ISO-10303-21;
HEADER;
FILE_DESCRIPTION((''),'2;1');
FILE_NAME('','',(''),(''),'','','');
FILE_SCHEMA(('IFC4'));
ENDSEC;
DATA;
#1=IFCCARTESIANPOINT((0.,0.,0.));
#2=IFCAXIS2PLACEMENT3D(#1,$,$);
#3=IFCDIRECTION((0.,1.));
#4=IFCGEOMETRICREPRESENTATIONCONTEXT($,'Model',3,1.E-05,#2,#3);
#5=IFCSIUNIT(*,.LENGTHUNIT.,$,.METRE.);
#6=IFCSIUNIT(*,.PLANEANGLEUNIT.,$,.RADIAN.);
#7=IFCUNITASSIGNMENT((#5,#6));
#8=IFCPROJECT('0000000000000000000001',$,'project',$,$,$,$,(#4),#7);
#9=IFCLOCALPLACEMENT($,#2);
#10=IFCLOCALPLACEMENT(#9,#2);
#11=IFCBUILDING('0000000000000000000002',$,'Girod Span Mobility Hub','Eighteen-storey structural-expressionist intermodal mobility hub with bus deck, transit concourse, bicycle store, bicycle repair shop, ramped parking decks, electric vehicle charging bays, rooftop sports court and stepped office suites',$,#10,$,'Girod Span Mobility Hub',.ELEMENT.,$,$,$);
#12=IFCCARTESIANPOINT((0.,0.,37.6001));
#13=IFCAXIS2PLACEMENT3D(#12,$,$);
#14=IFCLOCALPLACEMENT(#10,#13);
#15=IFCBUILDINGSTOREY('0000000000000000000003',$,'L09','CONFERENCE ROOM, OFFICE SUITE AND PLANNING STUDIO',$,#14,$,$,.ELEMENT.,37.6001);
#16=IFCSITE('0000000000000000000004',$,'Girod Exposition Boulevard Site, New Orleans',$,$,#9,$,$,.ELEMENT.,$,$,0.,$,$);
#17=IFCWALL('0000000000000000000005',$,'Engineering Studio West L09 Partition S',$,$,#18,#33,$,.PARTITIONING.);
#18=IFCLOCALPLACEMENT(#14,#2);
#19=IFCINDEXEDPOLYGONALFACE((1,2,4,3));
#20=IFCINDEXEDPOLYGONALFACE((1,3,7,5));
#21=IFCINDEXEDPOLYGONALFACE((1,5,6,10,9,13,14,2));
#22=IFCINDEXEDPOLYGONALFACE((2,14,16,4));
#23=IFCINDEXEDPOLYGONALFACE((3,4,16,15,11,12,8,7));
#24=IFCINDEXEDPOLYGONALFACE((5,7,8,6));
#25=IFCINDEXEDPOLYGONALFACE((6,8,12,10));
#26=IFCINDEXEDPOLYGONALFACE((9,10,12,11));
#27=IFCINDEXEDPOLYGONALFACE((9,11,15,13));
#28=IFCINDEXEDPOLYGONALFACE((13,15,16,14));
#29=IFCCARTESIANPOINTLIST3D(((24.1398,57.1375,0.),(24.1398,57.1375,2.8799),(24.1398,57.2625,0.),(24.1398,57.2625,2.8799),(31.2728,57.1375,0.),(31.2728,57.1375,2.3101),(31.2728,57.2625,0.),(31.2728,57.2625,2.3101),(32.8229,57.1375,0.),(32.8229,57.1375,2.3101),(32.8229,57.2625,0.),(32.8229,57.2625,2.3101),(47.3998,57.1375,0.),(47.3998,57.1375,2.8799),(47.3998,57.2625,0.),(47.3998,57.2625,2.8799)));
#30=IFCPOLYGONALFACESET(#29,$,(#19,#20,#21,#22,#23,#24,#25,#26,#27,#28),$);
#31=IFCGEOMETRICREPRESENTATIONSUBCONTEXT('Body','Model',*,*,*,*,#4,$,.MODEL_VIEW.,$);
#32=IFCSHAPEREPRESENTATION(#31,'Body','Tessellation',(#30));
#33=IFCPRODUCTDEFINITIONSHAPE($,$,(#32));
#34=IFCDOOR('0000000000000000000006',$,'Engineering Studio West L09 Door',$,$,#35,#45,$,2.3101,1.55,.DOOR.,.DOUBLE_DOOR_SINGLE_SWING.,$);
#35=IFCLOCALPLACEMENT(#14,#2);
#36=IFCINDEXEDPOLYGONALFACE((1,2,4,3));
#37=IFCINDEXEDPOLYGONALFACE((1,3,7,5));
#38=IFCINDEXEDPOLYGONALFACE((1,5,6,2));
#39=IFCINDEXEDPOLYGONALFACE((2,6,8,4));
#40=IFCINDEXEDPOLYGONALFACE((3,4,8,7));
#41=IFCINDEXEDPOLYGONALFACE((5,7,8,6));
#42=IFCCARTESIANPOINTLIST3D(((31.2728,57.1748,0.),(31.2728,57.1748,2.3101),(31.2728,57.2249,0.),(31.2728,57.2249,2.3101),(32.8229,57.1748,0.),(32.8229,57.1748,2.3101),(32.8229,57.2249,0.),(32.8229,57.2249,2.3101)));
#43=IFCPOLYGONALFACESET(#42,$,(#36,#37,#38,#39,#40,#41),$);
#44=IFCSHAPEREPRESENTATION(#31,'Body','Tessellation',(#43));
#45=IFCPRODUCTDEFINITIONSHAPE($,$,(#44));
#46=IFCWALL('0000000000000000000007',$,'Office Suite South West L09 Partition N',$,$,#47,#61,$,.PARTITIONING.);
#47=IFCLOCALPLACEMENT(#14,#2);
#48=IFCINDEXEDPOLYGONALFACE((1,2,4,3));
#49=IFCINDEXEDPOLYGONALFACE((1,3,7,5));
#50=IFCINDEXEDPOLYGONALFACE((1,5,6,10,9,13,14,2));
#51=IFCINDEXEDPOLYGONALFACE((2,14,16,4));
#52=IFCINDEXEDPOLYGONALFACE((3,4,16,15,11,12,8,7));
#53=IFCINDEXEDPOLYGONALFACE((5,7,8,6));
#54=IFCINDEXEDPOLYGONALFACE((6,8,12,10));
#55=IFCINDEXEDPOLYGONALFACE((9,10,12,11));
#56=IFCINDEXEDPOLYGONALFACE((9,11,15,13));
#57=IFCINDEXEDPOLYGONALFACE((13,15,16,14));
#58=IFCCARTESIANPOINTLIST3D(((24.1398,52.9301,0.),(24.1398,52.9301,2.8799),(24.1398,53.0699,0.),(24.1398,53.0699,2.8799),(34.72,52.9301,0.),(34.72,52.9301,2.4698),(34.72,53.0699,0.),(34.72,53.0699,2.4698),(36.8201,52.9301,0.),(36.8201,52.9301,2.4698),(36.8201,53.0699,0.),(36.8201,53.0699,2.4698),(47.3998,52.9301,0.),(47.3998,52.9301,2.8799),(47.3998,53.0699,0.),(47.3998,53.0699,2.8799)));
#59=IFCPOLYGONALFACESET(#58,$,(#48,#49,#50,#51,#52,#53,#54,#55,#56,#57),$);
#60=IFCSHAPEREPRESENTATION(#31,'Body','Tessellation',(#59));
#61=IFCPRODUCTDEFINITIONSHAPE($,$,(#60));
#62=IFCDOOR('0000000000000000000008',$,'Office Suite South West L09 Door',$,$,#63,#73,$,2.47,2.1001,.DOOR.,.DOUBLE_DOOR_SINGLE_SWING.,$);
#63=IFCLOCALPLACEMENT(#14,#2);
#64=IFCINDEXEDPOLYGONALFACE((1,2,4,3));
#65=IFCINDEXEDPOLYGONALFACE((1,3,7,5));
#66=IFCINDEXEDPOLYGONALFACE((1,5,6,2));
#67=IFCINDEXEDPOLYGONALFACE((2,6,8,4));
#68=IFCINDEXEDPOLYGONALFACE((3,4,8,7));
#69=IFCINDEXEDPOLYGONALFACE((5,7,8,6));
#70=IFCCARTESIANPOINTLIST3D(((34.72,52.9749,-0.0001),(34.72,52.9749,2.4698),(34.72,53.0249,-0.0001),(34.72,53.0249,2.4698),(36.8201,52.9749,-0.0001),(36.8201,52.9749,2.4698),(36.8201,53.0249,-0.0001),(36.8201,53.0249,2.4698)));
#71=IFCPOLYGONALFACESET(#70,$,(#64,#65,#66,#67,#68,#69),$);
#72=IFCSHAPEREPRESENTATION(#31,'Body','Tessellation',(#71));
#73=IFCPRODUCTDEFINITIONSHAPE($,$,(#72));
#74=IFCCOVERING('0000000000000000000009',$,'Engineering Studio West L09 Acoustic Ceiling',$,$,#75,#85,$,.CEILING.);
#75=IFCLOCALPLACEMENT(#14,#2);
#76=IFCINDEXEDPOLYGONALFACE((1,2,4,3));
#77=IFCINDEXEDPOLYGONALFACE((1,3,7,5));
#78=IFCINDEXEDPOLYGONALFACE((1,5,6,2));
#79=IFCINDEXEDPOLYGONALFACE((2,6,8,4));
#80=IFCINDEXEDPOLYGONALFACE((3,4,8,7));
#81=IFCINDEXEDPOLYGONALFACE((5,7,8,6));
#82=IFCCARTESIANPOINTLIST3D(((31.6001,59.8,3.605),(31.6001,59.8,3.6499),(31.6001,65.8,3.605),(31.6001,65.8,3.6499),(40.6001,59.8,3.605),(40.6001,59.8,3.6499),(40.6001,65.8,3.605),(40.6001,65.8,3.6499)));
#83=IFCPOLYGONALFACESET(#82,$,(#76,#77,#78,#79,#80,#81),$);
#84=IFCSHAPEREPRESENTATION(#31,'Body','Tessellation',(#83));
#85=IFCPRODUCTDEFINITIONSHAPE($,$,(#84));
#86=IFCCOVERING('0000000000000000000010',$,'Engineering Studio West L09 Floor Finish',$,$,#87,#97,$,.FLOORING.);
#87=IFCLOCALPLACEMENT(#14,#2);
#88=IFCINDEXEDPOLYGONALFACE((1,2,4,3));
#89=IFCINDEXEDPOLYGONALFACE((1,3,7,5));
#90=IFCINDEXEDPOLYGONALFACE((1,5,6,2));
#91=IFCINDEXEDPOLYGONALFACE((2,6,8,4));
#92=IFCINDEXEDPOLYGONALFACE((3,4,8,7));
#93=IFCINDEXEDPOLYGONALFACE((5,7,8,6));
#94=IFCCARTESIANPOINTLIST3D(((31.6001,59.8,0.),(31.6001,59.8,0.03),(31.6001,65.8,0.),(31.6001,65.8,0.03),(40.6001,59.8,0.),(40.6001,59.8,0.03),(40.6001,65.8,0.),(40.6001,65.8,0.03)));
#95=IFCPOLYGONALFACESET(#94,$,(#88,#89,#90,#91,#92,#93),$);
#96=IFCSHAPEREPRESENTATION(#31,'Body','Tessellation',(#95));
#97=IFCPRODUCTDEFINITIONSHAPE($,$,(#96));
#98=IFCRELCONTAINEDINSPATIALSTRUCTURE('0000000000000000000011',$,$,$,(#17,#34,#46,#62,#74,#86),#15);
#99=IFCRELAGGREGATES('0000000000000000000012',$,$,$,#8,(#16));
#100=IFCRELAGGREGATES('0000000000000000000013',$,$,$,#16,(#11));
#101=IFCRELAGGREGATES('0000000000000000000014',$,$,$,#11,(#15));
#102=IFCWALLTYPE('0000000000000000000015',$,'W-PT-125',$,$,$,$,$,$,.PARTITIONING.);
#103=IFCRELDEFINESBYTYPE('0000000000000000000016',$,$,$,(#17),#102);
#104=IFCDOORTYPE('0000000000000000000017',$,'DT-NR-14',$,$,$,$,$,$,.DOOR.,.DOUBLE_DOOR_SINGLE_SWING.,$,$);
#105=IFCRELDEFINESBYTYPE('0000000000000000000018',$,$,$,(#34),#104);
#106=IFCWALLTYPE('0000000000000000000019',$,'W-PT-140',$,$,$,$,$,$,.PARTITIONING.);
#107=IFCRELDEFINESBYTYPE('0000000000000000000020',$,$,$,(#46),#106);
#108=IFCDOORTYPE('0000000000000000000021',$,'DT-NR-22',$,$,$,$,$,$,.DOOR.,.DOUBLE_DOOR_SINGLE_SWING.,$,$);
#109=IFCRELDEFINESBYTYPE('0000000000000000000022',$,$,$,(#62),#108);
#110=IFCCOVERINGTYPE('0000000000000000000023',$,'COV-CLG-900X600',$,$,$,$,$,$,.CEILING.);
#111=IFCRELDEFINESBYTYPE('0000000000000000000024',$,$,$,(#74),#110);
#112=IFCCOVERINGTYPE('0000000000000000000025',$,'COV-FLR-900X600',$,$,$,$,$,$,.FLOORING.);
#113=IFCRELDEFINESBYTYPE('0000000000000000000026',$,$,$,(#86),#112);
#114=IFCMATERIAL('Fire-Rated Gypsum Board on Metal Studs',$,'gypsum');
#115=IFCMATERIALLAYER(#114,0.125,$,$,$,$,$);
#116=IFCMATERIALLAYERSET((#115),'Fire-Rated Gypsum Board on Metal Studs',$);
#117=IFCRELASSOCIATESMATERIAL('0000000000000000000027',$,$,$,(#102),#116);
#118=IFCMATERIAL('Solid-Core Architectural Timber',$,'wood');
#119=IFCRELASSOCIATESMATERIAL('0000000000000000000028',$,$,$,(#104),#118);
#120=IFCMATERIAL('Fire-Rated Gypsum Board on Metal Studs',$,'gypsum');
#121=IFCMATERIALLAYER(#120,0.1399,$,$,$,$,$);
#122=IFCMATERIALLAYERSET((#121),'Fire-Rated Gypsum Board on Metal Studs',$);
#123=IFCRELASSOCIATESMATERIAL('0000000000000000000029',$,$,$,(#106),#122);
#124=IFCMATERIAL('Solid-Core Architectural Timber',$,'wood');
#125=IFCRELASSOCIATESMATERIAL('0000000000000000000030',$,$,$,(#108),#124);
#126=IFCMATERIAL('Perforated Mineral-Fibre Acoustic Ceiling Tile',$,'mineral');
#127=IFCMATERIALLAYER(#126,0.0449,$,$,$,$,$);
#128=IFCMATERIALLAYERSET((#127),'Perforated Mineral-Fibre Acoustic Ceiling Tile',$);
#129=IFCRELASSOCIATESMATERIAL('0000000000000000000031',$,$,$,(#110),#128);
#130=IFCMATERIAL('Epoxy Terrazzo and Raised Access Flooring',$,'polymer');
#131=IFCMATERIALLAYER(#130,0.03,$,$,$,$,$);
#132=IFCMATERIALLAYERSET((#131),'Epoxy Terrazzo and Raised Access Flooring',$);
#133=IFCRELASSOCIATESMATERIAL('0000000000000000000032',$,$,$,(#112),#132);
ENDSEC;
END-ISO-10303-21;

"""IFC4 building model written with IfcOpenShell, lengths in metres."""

from ifc_helpers import new_model, si_unit, direction, frame, frame_2d, origin, origin_2d, place, context, subcontext, project, spatial, rectangle, extrude, material, layer, layer_set, type_object, element, fill, save


model = new_model("IFC4")

# Units and contexts
model_context = context("Model", 3, precision=1e-05, world=origin(), true_north=direction((0.0, 1.0)))
body_context = subcontext(model_context, "Body", "Model", "MODEL_VIEW")
ifc_project = project(units=[si_unit("LENGTHUNIT", "METRE"), si_unit("PLANEANGLEUNIT", "RADIAN")], contexts=[model_context])

# Site, building, storey
site_placement = place(None, origin())
site = spatial("IfcSite", under=ifc_project, at=site_placement, Name="Girod Exposition Boulevard Site, New Orleans", CompositionType="ELEMENT", RefElevation=0.0)
building_placement = place(site_placement, origin())
building = spatial("IfcBuilding", under=site, at=building_placement, Name="Girod Span Mobility Hub", Description="Eighteen-storey structural-expressionist intermodal mobility hub with bus deck, transit concourse, bicycle store, bicycle repair shop, ramped parking decks, electric vehicle charging bays, rooftop sports court and stepped office suites", LongName="Girod Span Mobility Hub", CompositionType="ELEMENT")
storey_placement = place(building_placement, frame((0.0, 0.0, 37.6001)))
storey = spatial("IfcBuildingStorey", under=building, at=storey_placement, Name="L09", Description="CONFERENCE ROOM, OFFICE SUITE AND PLANNING STUDIO", CompositionType="ELEMENT", Elevation=37.6001)

# Walls, openings, doors
ifc_material_1 = material(Name="Fire-Rated Gypsum Board on Metal Studs", Category="gypsum")
ifc_layer_1 = layer(ifc_material_1, 0.125)
ifc_layer_set_1 = layer_set([ifc_layer_1], Name="Fire-Rated Gypsum Board on Metal Studs")
wall_type_1 = type_object("IfcWallType", Name="W-PT-125", PredefinedType="PARTITIONING", material=ifc_layer_set_1)
wall_1_placement = place(storey_placement, frame((24.1399, 57.2, 0.0), z_axis=(0.0, 0.0, 1.0), x_axis=(1.0, 0.0, 0.0)))
wall_1 = element("IfcWall", 1, at=wall_1_placement, inside=storey, type_object=wall_type_1, Name="Engineering Studio West L09 Partition S", PredefinedType="PARTITIONING", context=body_context, shape_type="SweptSolid", body=[
    extrude(rectangle(XDim=23.26, YDim=0.125, at=frame_2d((11.6299, 0.0))), origin(), (0.0, 0.0, 1.0), 2.8799),
])
opening_1_placement = place(wall_1_placement, frame((7.1331, 0.0, 0.0)))
opening_1 = element("IfcOpeningElement", 2, at=opening_1_placement, cuts=wall_1, PredefinedType="OPENING", context=body_context, shape_type="SweptSolid", body=[
    extrude(rectangle(XDim=1.55, YDim=2.3101, at=frame_2d((0.7749, 1.155))), frame((0.0, 0.0774, 0.0), z_axis=(0.0, -1.0, 0.0), x_axis=(1.0, 0.0, 0.0)), (0.0, 0.0, 1.0), 0.155),
])
ifc_material_2 = material(Name="Solid-Core Architectural Timber", Category="wood")
door_type_1 = type_object("IfcDoorType", Name="DT-NR-14", OperationType="DOUBLE_DOOR_SINGLE_SWING", PredefinedType="DOOR", material=ifc_material_2)
door_1_placement = place(opening_1_placement, origin())
door_1 = element("IfcDoor", 3, at=door_1_placement, inside=storey, type_object=door_type_1, Name="Engineering Studio West L09 Door", OperationType="DOUBLE_DOOR_SINGLE_SWING", OverallHeight=2.3101, OverallWidth=1.55, PredefinedType="DOOR", context=body_context, shape_type="SweptSolid", body=[
    extrude(rectangle(XDim=1.55, YDim=2.3101, at=frame_2d((0.7749, 1.155))), frame((0.0, 0.0249, 0.0), z_axis=(0.0, -1.0, 0.0), x_axis=(1.0, 0.0, 0.0)), (0.0, 0.0, 1.0), 0.05),
])
fill(opening_1, door_1)
ifc_material_3 = material(Name="Fire-Rated Gypsum Board on Metal Studs", Category="gypsum")
ifc_layer_2 = layer(ifc_material_3, 0.1399)
ifc_layer_set_2 = layer_set([ifc_layer_2], Name="Fire-Rated Gypsum Board on Metal Studs")
wall_type_2 = type_object("IfcWallType", Name="W-PT-140", PredefinedType="PARTITIONING", material=ifc_layer_set_2)
wall_2_placement = place(storey_placement, frame((24.1399, 53.0, 0.0), z_axis=(0.0, 0.0, 1.0), x_axis=(1.0, 0.0, 0.0)))
wall_2 = element("IfcWall", 4, at=wall_2_placement, inside=storey, type_object=wall_type_2, Name="Office Suite South West L09 Partition N", PredefinedType="PARTITIONING", context=body_context, shape_type="SweptSolid", body=[
    extrude(rectangle(XDim=23.26, YDim=0.1399, at=frame_2d((11.6299, 0.0))), origin(), (0.0, 0.0, 1.0), 2.8799),
])
opening_2_placement = place(wall_2_placement, frame((10.5801, 0.0, 0.0)))
opening_2 = element("IfcOpeningElement", 5, at=opening_2_placement, cuts=wall_2, PredefinedType="OPENING", context=body_context, shape_type="SweptSolid", body=[
    extrude(rectangle(XDim=2.1001, YDim=2.47, at=frame_2d((1.05, 1.2349))), frame((0.0, 0.085, 0.0), z_axis=(0.0, -1.0, 0.0), x_axis=(1.0, 0.0, 0.0)), (0.0, 0.0, 1.0), 0.1699),
])
ifc_material_4 = material(Name="Solid-Core Architectural Timber", Category="wood")
door_type_2 = type_object("IfcDoorType", Name="DT-NR-22", OperationType="DOUBLE_DOOR_SINGLE_SWING", PredefinedType="DOOR", material=ifc_material_4)
door_2_placement = place(opening_2_placement, origin())
door_2 = element("IfcDoor", 6, at=door_2_placement, inside=storey, type_object=door_type_2, Name="Office Suite South West L09 Door", OperationType="DOUBLE_DOOR_SINGLE_SWING", OverallHeight=2.47, OverallWidth=2.1001, PredefinedType="DOOR", context=body_context, shape_type="SweptSolid", body=[
    extrude(rectangle(XDim=2.1001, YDim=2.47, at=frame_2d((1.05, 1.2349))), frame((0.0, 0.0249, 0.0), z_axis=(0.0, -1.0, 0.0), x_axis=(1.0, 0.0, 0.0)), (0.0, 0.0, 1.0), 0.05),
])
fill(opening_2, door_2)

# Coverings
ifc_material_5 = material(Name="Perforated Mineral-Fibre Acoustic Ceiling Tile", Category="mineral")
ifc_layer_3 = layer(ifc_material_5, 0.0449)
ifc_layer_set_3 = layer_set([ifc_layer_3], Name="Perforated Mineral-Fibre Acoustic Ceiling Tile")
covering_type_1 = type_object("IfcCoveringType", Name="COV-CLG-900X600", PredefinedType="CEILING", material=ifc_layer_set_3)
covering_1_placement = place(storey_placement, frame((36.1001, 62.8, 3.605), z_axis=(0.0, 0.0, 1.0), x_axis=(1.0, 0.0, 0.0)))
element("IfcCovering", 7, at=covering_1_placement, inside=storey, type_object=covering_type_1, Name="Engineering Studio West L09 Acoustic Ceiling", PredefinedType="CEILING", context=body_context, shape_type="SweptSolid", body=[
    extrude(rectangle(XDim=9.0, YDim=6.0, at=origin_2d()), origin(), (0.0, 0.0, 1.0), 0.0449),
])
ifc_material_6 = material(Name="Epoxy Terrazzo and Raised Access Flooring", Category="polymer")
ifc_layer_4 = layer(ifc_material_6, 0.03)
ifc_layer_set_4 = layer_set([ifc_layer_4], Name="Epoxy Terrazzo and Raised Access Flooring")
covering_type_2 = type_object("IfcCoveringType", Name="COV-FLR-900X600", PredefinedType="FLOORING", material=ifc_layer_set_4)
covering_2_placement = place(storey_placement, frame((36.1001, 62.8, 0.0), z_axis=(0.0, 0.0, 1.0), x_axis=(1.0, 0.0, 0.0)))
element("IfcCovering", 8, at=covering_2_placement, inside=storey, type_object=covering_type_2, Name="Engineering Studio West L09 Floor Finish", PredefinedType="FLOORING", context=body_context, shape_type="SweptSolid", body=[
    extrude(rectangle(XDim=9.0, YDim=6.0, at=origin_2d()), origin(), (0.0, 0.0, 1.0), 0.03),
])

save(model, "model.ifc")
